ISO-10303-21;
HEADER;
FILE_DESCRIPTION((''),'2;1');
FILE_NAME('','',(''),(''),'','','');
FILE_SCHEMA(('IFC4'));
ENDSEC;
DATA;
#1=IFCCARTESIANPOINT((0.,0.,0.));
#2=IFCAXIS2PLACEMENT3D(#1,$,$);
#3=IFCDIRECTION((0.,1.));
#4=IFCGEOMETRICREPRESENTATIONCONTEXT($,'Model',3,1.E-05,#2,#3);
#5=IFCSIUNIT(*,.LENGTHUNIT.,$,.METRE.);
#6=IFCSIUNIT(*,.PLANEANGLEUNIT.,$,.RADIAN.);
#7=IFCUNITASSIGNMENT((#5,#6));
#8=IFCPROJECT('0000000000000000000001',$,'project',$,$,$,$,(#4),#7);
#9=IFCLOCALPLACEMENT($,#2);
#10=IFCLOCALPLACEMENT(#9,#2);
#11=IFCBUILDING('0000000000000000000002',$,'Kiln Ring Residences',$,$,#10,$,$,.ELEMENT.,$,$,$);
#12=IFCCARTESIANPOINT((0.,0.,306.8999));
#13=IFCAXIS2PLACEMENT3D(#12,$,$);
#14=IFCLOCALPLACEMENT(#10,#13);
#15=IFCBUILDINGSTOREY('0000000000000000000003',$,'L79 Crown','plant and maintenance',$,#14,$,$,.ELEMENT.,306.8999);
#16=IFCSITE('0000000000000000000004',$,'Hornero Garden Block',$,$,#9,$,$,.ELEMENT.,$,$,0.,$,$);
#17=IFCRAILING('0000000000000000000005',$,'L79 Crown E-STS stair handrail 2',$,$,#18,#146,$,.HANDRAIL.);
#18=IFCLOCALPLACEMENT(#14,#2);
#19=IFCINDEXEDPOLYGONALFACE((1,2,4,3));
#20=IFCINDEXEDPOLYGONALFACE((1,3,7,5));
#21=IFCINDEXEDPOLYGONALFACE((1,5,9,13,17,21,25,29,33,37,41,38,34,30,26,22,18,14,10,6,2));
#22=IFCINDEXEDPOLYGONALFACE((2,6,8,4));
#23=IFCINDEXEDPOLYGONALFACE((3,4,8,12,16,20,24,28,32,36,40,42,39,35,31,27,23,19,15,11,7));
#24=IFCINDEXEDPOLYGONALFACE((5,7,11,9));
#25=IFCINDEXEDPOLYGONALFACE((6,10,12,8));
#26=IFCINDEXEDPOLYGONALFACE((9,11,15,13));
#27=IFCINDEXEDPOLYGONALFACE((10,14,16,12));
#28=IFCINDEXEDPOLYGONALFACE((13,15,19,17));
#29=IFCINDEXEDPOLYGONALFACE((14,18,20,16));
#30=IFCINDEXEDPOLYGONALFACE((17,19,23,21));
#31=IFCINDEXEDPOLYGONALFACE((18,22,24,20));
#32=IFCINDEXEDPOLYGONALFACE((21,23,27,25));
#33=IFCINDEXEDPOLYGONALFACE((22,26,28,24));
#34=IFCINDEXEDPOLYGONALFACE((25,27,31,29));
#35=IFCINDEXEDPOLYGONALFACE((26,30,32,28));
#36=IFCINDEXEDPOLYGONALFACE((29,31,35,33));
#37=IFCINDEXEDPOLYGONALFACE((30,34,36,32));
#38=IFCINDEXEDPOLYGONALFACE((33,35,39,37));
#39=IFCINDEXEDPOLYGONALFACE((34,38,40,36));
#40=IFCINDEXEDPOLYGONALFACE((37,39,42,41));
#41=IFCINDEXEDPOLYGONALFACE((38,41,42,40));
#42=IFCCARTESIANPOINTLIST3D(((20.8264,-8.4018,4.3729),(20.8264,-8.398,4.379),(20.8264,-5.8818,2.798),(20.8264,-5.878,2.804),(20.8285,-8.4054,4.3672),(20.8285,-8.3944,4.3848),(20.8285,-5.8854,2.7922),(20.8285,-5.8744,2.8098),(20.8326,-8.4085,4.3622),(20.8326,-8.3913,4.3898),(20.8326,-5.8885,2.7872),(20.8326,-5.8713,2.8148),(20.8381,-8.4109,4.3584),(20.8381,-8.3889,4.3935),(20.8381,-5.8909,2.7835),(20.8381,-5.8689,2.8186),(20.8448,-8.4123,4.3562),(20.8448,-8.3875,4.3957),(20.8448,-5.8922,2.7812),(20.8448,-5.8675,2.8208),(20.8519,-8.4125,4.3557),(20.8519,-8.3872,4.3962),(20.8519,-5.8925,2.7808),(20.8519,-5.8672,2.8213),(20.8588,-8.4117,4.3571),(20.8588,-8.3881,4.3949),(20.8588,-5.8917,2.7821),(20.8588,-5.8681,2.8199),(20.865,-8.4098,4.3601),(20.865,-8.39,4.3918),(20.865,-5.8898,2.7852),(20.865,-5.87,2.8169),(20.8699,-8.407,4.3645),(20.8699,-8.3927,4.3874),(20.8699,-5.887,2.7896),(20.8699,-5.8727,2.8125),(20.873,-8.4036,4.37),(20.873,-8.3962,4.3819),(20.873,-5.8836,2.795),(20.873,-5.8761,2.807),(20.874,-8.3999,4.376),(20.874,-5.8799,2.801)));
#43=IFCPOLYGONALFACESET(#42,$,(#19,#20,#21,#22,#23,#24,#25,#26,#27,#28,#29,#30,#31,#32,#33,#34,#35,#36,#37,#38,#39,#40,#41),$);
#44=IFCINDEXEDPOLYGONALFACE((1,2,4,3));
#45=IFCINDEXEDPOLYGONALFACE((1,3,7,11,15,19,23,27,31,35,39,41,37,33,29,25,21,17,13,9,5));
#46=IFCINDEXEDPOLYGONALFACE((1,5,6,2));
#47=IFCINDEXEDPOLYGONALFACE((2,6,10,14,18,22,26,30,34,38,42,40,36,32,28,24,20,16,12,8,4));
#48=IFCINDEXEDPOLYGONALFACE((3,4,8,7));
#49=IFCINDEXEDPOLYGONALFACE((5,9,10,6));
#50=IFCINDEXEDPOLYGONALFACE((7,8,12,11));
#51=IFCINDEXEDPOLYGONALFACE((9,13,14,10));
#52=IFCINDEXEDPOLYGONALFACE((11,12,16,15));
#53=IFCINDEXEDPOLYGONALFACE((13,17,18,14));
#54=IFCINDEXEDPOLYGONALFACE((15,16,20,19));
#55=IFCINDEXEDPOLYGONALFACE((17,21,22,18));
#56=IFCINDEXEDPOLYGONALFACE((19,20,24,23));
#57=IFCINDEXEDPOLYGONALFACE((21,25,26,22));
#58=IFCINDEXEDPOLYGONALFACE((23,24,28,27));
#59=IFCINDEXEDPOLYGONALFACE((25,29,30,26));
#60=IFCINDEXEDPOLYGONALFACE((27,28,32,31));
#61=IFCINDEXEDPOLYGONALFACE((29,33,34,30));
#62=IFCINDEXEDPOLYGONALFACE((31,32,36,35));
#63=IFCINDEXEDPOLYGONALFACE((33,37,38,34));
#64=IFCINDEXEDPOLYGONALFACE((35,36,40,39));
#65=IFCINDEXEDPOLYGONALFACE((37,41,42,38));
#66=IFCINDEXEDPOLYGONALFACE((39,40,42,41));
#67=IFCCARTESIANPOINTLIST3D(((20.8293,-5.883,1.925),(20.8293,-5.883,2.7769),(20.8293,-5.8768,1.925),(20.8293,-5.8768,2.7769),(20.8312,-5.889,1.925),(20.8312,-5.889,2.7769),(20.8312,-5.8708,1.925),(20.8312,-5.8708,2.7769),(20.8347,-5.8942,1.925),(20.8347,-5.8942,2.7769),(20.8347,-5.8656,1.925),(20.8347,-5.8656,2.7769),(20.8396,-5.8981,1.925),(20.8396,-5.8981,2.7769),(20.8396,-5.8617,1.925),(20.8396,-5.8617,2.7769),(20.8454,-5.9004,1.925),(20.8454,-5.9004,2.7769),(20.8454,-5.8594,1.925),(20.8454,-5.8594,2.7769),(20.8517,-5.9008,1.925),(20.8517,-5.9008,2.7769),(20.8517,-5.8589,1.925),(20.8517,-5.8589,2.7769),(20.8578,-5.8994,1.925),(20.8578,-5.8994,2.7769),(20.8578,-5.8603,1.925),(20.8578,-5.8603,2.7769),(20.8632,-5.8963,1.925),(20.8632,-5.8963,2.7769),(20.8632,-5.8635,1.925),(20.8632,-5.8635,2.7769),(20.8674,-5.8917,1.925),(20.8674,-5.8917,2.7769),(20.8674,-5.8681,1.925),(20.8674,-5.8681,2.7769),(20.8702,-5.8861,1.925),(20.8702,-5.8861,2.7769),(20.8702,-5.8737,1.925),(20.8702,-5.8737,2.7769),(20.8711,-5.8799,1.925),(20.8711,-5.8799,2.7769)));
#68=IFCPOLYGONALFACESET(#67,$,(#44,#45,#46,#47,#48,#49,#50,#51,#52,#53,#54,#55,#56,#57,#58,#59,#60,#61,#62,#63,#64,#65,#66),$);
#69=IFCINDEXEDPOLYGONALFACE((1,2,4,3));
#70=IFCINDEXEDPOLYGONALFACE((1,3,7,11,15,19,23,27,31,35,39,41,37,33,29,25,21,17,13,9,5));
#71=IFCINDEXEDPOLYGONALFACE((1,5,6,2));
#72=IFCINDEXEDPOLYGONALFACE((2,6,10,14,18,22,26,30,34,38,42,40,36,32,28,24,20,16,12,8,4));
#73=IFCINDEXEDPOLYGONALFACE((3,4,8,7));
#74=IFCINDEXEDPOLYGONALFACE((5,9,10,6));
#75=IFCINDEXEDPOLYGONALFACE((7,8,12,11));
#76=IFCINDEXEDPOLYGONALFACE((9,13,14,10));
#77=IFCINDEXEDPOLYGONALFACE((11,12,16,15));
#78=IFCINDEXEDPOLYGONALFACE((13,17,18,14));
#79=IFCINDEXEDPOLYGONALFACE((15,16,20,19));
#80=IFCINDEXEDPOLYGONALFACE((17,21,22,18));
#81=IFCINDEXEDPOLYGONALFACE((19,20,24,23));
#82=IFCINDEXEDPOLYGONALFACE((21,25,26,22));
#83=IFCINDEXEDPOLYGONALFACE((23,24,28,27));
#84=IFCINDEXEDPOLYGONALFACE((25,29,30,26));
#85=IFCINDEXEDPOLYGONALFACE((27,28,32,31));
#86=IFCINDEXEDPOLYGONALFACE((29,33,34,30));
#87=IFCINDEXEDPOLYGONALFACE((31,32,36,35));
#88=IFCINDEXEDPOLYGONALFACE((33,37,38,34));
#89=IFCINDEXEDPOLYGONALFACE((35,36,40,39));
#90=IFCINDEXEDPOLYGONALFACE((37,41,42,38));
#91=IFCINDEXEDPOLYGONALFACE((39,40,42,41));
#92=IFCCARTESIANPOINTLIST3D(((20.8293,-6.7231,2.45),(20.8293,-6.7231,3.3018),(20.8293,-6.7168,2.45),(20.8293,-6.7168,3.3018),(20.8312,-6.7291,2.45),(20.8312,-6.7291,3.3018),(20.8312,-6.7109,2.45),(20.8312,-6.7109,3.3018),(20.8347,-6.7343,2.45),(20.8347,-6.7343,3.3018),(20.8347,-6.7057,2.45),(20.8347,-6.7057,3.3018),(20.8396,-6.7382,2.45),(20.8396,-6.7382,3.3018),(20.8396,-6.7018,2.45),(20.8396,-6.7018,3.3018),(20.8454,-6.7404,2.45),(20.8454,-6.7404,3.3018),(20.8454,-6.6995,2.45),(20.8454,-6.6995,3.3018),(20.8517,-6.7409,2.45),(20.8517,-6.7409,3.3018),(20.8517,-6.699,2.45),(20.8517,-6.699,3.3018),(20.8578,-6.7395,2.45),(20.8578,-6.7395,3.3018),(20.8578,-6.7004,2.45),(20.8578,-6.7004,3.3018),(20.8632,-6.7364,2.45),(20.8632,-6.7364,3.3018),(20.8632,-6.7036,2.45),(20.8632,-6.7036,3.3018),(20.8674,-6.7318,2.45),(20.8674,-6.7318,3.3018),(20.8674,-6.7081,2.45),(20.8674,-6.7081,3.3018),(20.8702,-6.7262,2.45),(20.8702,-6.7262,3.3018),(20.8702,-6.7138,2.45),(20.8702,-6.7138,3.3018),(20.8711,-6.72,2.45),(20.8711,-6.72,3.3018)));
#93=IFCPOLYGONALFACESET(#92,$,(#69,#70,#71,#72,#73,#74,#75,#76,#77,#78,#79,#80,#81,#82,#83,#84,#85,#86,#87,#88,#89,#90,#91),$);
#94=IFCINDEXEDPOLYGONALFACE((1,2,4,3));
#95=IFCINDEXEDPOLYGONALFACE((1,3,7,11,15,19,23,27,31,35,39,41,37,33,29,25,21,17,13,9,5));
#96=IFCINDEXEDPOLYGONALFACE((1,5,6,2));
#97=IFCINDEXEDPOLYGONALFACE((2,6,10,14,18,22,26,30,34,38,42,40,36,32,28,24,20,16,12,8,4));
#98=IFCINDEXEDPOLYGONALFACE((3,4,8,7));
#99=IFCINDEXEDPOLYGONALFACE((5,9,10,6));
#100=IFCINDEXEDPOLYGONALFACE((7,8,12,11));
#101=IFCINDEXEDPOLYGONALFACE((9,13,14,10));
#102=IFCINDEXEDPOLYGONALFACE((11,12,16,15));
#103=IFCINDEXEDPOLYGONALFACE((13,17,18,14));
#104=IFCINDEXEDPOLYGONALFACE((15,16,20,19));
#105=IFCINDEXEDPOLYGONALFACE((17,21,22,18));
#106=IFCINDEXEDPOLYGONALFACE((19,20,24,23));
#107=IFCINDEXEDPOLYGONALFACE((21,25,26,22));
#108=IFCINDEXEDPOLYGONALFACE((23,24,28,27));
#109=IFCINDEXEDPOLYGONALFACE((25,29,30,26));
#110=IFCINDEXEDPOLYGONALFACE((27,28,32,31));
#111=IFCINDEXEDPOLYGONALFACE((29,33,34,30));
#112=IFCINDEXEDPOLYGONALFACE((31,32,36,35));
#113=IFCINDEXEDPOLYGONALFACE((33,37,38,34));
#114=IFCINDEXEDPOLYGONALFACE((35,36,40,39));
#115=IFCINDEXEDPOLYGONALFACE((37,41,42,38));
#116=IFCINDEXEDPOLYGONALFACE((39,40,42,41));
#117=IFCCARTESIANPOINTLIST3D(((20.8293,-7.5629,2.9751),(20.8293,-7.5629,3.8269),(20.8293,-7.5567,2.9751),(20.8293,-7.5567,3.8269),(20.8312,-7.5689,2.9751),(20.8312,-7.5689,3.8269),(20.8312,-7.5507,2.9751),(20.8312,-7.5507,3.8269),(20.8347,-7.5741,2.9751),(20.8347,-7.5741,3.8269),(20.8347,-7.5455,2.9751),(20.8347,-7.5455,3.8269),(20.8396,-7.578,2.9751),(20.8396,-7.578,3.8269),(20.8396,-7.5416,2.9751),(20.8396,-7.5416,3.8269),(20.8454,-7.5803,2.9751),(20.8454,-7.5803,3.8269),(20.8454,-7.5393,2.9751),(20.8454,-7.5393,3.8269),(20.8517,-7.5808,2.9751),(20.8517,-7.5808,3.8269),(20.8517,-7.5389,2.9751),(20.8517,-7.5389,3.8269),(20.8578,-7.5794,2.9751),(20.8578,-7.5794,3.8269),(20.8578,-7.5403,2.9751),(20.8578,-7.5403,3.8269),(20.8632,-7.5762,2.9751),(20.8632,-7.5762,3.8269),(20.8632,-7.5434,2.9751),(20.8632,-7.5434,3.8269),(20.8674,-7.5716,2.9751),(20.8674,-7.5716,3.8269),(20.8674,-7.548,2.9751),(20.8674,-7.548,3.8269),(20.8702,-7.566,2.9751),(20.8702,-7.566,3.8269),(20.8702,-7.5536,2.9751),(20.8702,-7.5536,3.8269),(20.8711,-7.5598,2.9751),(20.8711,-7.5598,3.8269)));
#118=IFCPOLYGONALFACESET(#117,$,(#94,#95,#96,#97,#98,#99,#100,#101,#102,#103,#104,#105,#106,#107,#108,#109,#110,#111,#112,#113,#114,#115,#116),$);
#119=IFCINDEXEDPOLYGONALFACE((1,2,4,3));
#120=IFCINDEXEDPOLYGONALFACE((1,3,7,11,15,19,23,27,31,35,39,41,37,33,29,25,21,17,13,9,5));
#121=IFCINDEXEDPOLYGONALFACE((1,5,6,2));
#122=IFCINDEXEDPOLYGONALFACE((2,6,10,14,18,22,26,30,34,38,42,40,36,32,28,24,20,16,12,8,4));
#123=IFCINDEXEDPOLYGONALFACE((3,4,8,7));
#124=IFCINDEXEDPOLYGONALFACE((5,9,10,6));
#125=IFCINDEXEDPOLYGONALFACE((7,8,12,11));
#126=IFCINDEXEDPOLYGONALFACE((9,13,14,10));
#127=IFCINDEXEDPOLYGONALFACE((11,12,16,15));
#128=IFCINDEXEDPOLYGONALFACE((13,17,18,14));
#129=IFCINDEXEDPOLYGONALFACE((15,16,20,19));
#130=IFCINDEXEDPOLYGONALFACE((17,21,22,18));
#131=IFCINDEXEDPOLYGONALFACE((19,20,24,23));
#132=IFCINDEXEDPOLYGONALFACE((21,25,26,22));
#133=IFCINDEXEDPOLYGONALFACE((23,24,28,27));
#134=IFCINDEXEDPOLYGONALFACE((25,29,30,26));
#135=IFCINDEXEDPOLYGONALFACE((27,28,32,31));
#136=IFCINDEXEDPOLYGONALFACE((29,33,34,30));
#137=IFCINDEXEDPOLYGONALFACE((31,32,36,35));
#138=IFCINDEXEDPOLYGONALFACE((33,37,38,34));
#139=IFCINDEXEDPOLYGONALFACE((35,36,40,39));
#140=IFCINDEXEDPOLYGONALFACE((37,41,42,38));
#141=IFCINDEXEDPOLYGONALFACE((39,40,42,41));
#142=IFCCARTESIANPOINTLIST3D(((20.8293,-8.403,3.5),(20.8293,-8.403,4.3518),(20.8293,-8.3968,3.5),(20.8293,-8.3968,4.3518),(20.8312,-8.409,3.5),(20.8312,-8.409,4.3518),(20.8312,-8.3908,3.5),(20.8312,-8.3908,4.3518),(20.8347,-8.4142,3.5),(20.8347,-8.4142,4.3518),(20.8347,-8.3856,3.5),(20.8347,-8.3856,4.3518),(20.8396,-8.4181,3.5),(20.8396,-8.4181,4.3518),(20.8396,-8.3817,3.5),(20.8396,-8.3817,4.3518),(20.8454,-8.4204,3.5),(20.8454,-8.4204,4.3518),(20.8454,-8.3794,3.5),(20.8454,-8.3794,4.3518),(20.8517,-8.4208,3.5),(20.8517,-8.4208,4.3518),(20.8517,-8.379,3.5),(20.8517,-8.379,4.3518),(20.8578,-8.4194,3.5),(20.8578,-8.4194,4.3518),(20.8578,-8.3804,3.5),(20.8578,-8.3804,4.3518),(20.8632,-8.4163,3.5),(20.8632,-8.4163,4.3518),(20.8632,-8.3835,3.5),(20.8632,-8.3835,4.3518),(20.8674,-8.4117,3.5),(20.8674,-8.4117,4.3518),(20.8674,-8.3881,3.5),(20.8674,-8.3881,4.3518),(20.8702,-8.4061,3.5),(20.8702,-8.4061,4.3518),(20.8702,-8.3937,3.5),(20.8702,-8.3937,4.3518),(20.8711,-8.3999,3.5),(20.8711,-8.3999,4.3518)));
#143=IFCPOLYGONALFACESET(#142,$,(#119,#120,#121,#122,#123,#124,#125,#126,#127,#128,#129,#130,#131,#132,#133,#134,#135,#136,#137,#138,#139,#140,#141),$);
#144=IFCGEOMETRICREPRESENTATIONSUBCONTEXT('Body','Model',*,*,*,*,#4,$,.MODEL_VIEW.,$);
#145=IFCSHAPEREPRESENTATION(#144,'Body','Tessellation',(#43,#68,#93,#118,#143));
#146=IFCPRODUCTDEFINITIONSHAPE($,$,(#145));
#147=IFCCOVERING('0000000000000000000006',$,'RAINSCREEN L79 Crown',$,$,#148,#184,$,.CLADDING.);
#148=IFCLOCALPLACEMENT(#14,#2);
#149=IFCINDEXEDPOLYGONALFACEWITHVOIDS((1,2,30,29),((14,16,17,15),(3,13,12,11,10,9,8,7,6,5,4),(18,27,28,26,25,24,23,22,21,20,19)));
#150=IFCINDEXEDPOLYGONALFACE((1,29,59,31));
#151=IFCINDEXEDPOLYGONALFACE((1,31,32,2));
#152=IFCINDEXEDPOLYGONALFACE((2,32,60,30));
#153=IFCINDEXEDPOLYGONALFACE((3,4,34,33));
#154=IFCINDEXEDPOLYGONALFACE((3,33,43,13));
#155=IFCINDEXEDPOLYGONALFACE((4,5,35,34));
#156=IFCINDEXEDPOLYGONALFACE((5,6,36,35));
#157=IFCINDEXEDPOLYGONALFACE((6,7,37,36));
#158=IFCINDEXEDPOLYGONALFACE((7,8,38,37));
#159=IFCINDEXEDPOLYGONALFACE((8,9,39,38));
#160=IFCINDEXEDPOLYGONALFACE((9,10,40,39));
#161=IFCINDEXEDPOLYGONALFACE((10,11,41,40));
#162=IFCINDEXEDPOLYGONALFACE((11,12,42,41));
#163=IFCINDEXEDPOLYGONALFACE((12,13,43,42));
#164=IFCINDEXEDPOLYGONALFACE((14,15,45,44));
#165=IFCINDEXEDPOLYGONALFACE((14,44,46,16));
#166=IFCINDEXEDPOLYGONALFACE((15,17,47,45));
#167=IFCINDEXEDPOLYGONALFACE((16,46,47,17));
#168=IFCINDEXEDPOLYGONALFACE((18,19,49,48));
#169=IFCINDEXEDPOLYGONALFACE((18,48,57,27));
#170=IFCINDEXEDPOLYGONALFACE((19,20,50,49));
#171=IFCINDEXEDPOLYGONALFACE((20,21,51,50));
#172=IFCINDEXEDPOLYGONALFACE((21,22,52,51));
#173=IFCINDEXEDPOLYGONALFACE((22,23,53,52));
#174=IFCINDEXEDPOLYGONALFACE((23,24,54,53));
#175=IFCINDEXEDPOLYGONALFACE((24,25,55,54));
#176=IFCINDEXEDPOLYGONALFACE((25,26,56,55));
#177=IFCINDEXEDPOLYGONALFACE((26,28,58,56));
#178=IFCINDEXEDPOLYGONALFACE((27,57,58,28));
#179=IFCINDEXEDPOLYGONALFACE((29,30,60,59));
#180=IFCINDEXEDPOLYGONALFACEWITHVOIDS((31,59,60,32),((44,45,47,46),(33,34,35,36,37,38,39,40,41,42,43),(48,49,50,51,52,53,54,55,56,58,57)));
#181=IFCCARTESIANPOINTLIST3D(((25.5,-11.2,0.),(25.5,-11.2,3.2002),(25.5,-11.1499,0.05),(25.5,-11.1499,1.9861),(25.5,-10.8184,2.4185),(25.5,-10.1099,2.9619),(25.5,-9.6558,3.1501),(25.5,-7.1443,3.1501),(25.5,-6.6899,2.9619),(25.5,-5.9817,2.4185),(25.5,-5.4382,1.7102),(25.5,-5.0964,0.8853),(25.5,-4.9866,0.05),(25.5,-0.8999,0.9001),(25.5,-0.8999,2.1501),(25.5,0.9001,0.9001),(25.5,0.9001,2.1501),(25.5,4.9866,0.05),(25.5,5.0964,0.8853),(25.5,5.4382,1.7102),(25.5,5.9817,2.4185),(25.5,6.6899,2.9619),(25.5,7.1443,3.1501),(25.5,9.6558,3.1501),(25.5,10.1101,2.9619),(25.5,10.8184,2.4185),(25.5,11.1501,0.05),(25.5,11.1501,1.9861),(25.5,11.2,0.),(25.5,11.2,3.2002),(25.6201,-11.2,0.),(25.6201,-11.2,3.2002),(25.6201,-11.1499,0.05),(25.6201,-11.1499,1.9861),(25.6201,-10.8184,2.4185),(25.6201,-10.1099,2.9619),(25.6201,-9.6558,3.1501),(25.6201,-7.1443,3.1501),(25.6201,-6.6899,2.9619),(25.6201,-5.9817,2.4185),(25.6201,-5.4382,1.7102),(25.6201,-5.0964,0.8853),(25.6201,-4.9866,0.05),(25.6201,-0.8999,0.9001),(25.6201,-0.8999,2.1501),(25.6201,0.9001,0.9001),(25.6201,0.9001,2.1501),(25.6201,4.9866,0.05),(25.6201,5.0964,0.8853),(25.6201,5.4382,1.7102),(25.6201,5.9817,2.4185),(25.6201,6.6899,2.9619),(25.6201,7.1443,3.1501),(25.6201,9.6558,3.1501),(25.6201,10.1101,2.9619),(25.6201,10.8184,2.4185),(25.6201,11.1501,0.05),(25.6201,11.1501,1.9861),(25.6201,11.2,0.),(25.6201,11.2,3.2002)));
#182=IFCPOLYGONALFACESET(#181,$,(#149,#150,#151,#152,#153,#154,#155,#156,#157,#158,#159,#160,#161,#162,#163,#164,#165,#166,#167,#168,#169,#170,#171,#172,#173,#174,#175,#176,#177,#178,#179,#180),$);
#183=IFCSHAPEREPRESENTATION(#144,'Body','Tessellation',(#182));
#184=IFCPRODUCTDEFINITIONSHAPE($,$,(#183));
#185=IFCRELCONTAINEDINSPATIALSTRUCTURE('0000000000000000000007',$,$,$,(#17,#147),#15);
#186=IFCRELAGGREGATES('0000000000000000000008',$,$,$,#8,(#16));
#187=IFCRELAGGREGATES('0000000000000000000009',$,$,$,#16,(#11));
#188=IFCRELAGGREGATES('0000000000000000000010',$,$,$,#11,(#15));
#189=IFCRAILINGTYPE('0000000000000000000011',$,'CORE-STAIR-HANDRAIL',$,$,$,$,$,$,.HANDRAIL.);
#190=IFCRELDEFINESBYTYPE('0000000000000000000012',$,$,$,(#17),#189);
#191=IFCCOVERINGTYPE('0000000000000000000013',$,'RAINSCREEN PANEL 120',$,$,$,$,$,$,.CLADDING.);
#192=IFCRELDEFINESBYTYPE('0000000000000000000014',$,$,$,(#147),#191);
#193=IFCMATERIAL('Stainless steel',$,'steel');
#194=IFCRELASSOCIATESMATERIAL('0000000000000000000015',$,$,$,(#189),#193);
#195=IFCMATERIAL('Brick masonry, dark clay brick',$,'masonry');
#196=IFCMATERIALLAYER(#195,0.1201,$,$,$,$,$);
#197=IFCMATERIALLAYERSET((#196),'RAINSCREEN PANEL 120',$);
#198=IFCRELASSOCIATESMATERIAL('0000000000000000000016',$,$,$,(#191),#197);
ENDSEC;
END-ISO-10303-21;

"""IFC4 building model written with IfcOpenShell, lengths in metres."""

from ifc_helpers import new_model, si_unit, direction, frame, origin, origin_2d, place, context, subcontext, project, spatial, polyline, circle, outline, extrude, material, layer, layer_set, type_object, element, save


model = new_model("IFC4")

# Units and contexts
model_context = context("Model", 3, precision=1e-05, world=origin(), true_north=direction((0.0, 1.0)))
body_context = subcontext(model_context, "Body", "Model", "MODEL_VIEW")
ifc_project = project(units=[si_unit("LENGTHUNIT", "METRE"), si_unit("PLANEANGLEUNIT", "RADIAN")], contexts=[model_context])

# Site, building, storey
site_placement = place(None, origin())
site = spatial("IfcSite", under=ifc_project, at=site_placement, Name="Hornero Garden Block", CompositionType="ELEMENT", RefElevation=0.0)
building_placement = place(site_placement, origin())
building = spatial("IfcBuilding", under=site, at=building_placement, Name="Kiln Ring Residences", CompositionType="ELEMENT")
storey_placement = place(building_placement, frame((0.0, 0.0, 306.8999)))
storey = spatial("IfcBuildingStorey", under=building, at=storey_placement, Name="L79 Crown", Description="plant and maintenance", CompositionType="ELEMENT", Elevation=306.8999)

# Railing
ifc_material_1 = material(Name="Stainless steel", Category="steel")
railing_type_1 = type_object("IfcRailingType", Name="CORE-STAIR-HANDRAIL", PredefinedType="HANDRAIL", material=ifc_material_1)
railing_1_placement = place(storey_placement, frame((20.8501, -5.8799, 1.925)))
element("IfcRailing", 1, at=railing_1_placement, inside=storey, type_object=railing_type_1, Name="L79 Crown E-STS stair handrail 2", PredefinedType="HANDRAIL", context=body_context, shape_type="SweptSolid", body=[
    extrude(circle(Radius=0.0239, at=origin_2d()), frame((0.0, 0.0, 0.876), z_axis=(0.0, -0.848008, 0.529984), x_axis=(1.0, 0.0, 0.0)), (0.0, 0.0, 1.0), 2.9717),
    extrude(circle(Radius=0.021, at=origin_2d()), origin(), (0.0, 0.0, 1.0), 0.8518),
    extrude(circle(Radius=0.021, at=origin_2d()), frame((0.0, -0.8401, 0.5249)), (0.0, 0.0, 1.0), 0.8518),
    extrude(circle(Radius=0.021, at=origin_2d()), frame((0.0, -1.6799, 1.05)), (0.0, 0.0, 1.0), 0.8518),
    extrude(circle(Radius=0.021, at=origin_2d()), frame((0.0, -2.52, 1.575)), (0.0, 0.0, 1.0), 0.8518),
])

# Covering
ifc_material_2 = material(Name="Brick masonry, dark clay brick", Category="masonry")
ifc_layer_1 = layer(ifc_material_2, 0.1201)
ifc_layer_set_1 = layer_set([ifc_layer_1], Name="RAINSCREEN PANEL 120")
covering_type_1 = type_object("IfcCoveringType", Name="RAINSCREEN PANEL 120", PredefinedType="CLADDING", material=ifc_layer_set_1)
covering_1_placement = place(storey_placement, frame((25.5601, -11.2, 0.0), z_axis=(0.0, 0.0, 1.0), x_axis=(0.0, 1.0, 0.0)))
element("IfcCovering", 2, at=covering_1_placement, inside=storey, type_object=covering_type_1, Name="RAINSCREEN L79 Crown", PredefinedType="CLADDING", context=body_context, shape_type="SweptSolid", body=[
    extrude(outline(polyline([(0.0, 0.0), (22.3999, 0.0), (22.3999, 3.2002), (0.0, 3.2002), (0.0, 0.0)]), holes=[polyline([(0.3816, 2.4185), (0.05, 1.9861), (0.05, 0.05), (6.2134, 0.05), (6.1035, 0.8853), (5.7617, 1.7102), (5.2183, 2.4185), (4.51, 2.9619), (4.0557, 3.1501), (1.5442, 3.1501), (1.0901, 2.9619), (0.3816, 2.4185)]), polyline([(16.2964, 0.8853), (16.1865, 0.05), (22.3501, 0.05), (22.3501, 1.9861), (22.0183, 2.4185), (21.3101, 2.9619), (20.8557, 3.1501), (18.3442, 3.1501), (17.8899, 2.9619), (17.1816, 2.4185), (16.6382, 1.7102), (16.2964, 0.8853)]), polyline([(10.3, 0.9001), (12.1001, 0.9001), (12.1001, 2.1501), (10.3, 2.1501), (10.3, 0.9001)])]), frame((0.0, 0.0601, 0.0), z_axis=(0.0, -1.0, 0.0), x_axis=(1.0, 0.0, 0.0)), (0.0, 0.0, 1.0), 0.1201),
])

save(model, "model.ifc")
